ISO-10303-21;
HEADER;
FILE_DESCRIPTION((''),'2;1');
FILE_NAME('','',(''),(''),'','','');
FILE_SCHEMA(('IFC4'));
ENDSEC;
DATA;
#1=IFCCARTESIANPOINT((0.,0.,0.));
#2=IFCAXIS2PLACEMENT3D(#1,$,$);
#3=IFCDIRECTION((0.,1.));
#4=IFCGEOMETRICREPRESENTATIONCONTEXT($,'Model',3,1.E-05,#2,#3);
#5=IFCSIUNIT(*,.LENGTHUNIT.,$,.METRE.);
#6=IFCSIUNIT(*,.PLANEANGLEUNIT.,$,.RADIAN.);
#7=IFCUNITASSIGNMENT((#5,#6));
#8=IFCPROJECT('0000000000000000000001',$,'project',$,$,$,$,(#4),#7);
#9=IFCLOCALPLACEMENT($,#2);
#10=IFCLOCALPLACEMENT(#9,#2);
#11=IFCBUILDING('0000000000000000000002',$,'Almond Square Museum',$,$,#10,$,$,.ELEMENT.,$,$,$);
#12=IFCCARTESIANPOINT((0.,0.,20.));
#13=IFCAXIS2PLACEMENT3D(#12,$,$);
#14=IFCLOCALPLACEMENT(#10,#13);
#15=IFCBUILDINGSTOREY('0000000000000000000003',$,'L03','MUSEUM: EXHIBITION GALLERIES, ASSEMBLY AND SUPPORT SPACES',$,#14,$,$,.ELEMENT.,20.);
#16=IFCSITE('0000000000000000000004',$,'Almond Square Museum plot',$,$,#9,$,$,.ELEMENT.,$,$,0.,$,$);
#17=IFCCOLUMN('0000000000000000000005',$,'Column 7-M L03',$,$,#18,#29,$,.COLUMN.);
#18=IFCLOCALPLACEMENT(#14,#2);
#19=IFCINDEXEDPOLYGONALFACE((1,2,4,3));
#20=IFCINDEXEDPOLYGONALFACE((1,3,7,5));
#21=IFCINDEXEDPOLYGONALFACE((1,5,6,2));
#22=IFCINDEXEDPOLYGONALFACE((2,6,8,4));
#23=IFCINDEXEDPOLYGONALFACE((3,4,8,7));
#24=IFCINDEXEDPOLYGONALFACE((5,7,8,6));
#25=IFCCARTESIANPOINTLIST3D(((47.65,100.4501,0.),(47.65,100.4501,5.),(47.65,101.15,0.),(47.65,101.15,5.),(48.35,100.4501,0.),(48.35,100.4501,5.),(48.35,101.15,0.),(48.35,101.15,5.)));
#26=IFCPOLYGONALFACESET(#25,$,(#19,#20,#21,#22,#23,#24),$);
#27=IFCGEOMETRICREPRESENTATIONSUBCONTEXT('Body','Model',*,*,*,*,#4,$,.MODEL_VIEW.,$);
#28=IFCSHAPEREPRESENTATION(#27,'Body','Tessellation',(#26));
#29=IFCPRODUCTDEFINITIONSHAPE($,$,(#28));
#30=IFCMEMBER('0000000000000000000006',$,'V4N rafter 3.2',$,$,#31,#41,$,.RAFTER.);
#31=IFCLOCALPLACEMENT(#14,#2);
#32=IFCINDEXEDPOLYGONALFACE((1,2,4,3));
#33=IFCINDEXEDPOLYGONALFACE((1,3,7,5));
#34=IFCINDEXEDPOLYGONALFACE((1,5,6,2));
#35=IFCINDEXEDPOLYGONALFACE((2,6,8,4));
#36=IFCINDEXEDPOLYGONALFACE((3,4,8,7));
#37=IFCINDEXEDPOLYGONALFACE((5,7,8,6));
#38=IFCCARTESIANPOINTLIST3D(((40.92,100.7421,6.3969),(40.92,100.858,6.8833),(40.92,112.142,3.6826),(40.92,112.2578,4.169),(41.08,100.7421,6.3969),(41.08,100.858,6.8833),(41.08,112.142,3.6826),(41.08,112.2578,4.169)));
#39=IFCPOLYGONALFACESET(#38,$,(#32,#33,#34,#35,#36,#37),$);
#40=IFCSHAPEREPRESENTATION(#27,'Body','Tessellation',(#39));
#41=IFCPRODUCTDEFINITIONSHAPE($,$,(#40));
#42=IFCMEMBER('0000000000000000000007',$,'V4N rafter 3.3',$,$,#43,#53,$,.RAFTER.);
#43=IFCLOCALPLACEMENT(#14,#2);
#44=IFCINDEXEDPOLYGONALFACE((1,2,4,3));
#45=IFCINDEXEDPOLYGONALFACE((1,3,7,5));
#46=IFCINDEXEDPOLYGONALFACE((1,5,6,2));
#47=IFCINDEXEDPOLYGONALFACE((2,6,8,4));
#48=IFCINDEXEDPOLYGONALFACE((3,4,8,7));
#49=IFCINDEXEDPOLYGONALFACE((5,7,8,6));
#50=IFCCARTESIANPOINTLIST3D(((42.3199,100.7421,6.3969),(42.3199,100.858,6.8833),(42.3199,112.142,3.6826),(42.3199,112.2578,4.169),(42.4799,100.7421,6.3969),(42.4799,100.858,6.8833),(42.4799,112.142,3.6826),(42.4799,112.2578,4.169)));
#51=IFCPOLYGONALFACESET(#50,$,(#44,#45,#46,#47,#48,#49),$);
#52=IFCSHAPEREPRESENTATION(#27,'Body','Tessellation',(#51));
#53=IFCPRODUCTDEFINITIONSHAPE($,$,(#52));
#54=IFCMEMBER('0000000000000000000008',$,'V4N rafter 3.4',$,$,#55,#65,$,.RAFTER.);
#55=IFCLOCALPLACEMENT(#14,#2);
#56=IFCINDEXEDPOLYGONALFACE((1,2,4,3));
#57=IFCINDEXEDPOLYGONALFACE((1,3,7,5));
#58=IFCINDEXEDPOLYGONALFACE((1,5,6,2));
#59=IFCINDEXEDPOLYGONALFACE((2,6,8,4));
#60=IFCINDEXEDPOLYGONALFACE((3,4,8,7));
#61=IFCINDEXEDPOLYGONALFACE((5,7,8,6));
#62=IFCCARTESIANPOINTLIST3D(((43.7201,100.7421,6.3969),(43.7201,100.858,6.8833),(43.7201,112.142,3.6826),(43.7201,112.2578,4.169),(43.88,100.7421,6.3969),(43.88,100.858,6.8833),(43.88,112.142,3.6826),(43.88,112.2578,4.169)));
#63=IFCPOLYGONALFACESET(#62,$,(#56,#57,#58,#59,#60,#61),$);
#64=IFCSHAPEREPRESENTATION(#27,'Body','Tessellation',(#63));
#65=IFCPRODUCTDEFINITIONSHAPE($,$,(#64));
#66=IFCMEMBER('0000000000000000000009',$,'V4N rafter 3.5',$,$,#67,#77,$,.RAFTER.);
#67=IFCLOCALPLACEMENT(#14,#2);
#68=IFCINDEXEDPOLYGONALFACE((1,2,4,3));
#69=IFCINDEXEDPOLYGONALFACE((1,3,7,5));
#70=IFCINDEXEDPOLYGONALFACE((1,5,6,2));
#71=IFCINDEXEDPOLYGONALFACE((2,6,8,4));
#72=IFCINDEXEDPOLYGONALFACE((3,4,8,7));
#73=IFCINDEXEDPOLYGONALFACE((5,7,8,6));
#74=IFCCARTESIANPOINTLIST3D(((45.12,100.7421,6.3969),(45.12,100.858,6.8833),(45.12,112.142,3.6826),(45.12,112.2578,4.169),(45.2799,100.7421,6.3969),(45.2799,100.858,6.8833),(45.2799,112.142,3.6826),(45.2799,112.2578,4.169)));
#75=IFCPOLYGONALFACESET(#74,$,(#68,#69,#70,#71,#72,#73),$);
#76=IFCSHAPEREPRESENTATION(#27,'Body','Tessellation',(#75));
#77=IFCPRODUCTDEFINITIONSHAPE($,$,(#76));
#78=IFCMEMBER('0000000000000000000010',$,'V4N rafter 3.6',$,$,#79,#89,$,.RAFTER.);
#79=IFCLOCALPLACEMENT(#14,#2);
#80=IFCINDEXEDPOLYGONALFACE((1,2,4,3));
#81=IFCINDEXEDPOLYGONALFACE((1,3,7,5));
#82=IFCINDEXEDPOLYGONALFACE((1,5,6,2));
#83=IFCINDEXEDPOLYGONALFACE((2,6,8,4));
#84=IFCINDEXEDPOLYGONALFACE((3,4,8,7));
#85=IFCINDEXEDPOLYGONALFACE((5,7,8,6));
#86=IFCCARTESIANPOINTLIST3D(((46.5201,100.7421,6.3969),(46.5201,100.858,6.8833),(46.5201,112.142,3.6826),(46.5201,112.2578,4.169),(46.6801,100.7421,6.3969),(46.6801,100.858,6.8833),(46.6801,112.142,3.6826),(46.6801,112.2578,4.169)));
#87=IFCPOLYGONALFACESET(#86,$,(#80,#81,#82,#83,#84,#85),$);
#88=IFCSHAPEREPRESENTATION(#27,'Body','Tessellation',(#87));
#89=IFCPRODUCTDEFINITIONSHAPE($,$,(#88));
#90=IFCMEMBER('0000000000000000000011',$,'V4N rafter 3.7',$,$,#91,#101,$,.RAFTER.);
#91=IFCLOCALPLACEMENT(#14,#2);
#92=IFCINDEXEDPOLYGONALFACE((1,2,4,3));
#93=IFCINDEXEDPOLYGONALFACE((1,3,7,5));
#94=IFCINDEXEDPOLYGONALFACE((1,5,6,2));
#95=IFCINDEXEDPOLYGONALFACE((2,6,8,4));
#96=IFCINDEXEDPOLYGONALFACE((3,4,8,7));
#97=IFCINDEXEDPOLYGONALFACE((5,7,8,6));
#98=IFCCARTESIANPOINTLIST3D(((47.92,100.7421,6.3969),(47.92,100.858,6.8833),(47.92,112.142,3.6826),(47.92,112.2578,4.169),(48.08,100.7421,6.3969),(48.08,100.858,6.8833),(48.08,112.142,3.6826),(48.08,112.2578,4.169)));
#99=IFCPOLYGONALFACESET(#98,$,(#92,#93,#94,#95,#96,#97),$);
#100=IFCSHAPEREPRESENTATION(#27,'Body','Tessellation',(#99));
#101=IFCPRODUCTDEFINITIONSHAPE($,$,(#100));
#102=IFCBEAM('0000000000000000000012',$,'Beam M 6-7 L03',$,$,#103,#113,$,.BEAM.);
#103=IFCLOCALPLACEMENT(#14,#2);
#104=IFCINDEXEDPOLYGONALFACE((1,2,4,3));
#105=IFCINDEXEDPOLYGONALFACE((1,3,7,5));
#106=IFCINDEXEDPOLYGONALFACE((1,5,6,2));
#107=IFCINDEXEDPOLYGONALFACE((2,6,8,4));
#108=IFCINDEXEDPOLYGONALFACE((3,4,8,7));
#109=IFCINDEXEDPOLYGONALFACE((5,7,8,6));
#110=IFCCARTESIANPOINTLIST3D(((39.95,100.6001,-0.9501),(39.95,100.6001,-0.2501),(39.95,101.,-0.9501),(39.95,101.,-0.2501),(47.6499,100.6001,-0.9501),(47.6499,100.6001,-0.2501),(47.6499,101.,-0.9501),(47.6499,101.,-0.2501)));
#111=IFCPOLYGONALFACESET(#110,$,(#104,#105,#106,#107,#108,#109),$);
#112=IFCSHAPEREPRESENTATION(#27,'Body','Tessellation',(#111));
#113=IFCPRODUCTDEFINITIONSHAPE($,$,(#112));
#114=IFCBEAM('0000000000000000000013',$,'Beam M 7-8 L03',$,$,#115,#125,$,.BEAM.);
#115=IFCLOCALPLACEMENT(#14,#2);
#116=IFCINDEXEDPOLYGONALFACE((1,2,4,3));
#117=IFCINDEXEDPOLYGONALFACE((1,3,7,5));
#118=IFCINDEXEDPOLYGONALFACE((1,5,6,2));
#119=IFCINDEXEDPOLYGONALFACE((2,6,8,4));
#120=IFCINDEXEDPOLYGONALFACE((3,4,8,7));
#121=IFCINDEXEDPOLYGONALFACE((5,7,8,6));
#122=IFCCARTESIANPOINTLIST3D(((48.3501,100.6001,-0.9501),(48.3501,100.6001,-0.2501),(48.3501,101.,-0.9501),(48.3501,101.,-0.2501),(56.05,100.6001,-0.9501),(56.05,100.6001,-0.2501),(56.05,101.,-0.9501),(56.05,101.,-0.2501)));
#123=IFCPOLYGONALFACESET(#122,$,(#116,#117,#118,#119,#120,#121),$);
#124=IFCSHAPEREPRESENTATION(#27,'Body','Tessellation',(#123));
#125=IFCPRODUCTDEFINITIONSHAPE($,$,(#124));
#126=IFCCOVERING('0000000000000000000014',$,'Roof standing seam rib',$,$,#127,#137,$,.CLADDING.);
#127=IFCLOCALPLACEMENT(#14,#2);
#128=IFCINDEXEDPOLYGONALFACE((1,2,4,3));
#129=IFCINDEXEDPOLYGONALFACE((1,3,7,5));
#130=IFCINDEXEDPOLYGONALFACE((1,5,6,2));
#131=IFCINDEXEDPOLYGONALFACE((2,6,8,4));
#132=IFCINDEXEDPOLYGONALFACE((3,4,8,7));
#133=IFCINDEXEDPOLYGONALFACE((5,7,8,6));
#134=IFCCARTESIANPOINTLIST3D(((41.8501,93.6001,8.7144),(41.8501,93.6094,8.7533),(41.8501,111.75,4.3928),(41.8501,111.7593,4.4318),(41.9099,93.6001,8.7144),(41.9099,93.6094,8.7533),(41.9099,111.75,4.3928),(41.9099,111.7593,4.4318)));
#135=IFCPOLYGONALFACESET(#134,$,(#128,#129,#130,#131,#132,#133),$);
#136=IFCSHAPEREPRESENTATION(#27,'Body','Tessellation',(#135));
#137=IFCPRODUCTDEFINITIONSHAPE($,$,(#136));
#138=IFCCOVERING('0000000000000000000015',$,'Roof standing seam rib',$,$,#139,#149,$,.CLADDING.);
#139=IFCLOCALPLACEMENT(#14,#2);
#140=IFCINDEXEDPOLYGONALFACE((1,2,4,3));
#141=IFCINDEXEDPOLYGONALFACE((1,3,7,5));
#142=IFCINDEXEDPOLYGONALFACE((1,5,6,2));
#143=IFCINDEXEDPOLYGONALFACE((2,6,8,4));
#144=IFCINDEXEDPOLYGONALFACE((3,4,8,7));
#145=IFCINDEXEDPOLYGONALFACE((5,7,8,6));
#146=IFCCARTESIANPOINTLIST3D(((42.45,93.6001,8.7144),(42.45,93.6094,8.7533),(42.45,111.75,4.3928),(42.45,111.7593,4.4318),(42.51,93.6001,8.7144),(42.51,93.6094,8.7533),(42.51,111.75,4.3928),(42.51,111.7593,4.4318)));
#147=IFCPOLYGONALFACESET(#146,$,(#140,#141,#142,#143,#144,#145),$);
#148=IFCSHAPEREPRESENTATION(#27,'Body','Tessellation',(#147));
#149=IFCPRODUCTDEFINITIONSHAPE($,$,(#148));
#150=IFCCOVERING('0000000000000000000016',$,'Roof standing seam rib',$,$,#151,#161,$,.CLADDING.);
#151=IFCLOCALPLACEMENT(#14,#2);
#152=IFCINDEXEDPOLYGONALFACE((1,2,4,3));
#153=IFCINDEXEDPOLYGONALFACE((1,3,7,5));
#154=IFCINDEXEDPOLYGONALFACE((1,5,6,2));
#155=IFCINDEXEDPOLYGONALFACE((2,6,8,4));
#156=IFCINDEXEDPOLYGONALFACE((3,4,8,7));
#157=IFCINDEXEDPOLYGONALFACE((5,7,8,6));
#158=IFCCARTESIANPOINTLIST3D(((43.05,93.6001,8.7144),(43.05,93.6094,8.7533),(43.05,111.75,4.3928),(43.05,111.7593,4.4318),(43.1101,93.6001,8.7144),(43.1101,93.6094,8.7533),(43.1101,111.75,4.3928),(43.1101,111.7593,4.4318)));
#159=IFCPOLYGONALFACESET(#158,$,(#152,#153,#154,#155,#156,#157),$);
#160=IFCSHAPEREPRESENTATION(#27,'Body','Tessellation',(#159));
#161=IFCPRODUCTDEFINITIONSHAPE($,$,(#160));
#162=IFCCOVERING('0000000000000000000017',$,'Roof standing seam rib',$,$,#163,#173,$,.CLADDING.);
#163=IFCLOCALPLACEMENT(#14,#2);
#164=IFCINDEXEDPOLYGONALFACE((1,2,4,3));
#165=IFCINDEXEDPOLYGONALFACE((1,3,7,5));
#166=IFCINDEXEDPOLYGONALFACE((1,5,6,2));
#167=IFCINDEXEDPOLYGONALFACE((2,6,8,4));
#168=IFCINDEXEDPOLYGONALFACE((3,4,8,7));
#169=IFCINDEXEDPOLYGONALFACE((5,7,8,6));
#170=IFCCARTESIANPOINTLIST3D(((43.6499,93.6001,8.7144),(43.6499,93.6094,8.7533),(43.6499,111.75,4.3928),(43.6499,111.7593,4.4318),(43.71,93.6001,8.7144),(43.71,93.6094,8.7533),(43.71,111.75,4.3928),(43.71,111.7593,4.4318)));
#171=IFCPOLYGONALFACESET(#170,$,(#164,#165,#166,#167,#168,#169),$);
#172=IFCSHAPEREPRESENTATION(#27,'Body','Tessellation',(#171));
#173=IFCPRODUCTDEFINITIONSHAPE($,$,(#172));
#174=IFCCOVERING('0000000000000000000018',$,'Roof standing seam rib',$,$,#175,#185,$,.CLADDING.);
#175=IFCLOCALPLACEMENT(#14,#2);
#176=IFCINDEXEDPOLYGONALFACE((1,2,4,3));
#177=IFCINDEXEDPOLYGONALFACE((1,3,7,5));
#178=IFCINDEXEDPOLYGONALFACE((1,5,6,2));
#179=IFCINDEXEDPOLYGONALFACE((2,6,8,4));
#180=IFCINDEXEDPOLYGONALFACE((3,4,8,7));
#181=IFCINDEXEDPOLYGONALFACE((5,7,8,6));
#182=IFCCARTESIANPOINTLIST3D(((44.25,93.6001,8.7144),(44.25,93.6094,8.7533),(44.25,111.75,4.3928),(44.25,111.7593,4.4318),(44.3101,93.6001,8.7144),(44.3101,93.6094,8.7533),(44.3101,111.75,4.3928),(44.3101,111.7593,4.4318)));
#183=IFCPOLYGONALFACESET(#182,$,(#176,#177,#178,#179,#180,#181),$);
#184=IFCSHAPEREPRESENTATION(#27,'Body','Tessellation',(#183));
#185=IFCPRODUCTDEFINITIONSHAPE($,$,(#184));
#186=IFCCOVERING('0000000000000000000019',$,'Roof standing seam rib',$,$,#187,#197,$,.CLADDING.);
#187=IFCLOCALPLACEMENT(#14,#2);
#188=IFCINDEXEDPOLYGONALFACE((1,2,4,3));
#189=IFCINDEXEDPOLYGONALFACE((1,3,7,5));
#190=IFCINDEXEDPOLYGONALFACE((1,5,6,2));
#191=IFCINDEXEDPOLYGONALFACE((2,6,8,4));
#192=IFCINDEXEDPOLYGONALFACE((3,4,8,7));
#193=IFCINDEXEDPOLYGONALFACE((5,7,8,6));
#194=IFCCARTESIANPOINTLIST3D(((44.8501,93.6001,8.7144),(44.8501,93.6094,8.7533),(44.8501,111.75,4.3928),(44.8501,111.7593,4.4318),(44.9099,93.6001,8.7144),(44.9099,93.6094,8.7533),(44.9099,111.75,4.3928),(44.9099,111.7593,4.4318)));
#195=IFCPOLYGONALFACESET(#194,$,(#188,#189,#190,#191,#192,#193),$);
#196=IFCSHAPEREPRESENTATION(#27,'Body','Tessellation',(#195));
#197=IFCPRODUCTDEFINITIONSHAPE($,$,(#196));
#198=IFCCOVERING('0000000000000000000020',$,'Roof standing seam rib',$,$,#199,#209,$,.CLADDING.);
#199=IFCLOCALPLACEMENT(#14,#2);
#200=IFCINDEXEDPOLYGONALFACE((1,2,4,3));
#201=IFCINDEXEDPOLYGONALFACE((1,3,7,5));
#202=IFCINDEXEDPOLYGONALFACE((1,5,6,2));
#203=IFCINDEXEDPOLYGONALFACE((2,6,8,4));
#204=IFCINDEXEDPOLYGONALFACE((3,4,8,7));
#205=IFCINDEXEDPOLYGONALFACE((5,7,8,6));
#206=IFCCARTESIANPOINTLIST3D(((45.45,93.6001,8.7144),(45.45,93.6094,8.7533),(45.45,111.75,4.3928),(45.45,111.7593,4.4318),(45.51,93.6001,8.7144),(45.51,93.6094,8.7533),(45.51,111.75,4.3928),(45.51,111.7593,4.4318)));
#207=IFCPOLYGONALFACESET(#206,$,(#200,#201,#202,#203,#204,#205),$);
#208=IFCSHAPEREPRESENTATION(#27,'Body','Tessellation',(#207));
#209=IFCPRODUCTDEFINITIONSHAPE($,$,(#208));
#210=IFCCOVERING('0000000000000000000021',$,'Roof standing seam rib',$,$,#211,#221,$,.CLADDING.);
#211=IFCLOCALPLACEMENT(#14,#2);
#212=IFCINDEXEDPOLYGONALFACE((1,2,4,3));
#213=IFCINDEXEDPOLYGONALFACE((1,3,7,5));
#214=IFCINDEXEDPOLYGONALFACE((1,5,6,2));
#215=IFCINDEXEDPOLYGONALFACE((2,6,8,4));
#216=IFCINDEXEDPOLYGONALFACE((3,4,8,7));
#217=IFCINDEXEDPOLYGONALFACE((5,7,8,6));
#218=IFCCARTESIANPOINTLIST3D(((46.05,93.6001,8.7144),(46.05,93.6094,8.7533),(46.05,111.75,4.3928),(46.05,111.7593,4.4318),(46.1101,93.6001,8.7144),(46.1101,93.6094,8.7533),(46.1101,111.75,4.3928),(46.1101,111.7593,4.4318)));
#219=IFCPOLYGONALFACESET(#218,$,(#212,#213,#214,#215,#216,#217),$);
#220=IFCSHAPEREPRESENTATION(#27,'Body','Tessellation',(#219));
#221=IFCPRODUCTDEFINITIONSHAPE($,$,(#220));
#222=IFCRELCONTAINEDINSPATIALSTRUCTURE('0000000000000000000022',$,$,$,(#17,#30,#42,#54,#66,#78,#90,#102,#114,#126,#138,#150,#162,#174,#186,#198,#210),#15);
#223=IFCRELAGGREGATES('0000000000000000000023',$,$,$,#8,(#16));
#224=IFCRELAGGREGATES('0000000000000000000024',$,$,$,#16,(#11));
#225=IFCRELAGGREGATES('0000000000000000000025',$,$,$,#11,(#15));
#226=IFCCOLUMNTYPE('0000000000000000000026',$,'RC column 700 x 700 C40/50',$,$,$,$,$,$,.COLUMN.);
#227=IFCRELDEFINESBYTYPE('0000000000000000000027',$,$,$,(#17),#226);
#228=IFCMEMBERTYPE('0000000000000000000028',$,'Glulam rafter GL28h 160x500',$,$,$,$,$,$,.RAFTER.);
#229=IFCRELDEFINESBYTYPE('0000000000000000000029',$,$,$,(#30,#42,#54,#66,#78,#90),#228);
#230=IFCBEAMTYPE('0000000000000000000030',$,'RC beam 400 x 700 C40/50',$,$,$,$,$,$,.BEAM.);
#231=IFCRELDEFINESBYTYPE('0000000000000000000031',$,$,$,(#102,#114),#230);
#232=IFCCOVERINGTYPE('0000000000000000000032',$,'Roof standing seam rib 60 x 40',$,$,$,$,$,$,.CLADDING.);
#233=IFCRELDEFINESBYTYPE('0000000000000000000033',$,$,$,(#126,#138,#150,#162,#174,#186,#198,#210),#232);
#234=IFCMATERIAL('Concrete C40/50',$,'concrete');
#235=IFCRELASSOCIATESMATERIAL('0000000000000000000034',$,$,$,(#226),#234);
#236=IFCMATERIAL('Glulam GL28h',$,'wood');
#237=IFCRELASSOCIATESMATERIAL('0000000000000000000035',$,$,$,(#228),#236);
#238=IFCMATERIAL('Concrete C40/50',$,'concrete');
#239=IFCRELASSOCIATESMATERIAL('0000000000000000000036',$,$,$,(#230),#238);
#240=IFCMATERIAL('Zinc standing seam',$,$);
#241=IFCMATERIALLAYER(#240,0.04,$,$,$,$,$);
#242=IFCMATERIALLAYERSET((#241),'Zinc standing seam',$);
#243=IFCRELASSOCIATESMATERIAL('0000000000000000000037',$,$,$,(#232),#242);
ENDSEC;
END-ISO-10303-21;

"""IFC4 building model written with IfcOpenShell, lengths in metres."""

from ifc_helpers import new_model, si_unit, direction, frame, origin, origin_2d, place, context, subcontext, project, spatial, polyline, rectangle, outline, extrude, material, layer, layer_set, material_profile, profile_set, type_object, element, save


model = new_model("IFC4")

# Units and contexts
model_context = context("Model", 3, precision=1e-05, world=origin(), true_north=direction((0.0, 1.0)))
body_context = subcontext(model_context, "Body", "Model", "MODEL_VIEW")
ifc_project = project(units=[si_unit("LENGTHUNIT", "METRE"), si_unit("PLANEANGLEUNIT", "RADIAN")], contexts=[model_context])

# Site, building, storey
site_placement = place(None, origin())
site = spatial("IfcSite", under=ifc_project, at=site_placement, Name="Almond Square Museum plot", CompositionType="ELEMENT", RefElevation=0.0)
building_placement = place(site_placement, origin())
building = spatial("IfcBuilding", under=site, at=building_placement, Name="Almond Square Museum", CompositionType="ELEMENT")
storey_placement = place(building_placement, frame((0.0, 0.0, 20.0)))
storey = spatial("IfcBuildingStorey", under=building, at=storey_placement, Name="L03", Description="MUSEUM: EXHIBITION GALLERIES, ASSEMBLY AND SUPPORT SPACES", CompositionType="ELEMENT", Elevation=20.0)

# Column
ifc_material_1 = material(Name="Concrete C40/50", Category="concrete")
ifc_material_profile_1 = material_profile(ifc_material_1, rectangle(XDim=0.7, YDim=0.7, at=origin_2d()))
ifc_profile_set_1 = profile_set([ifc_material_profile_1], Name="Concrete C40/50")
column_type = type_object("IfcColumnType", Name="RC column 700 x 700 C40/50", PredefinedType="COLUMN", material=ifc_profile_set_1)
column_placement = place(storey_placement, frame((48.0, 100.8, 0.0), z_axis=(0.0, 0.0, 1.0), x_axis=(1.0, 0.0, 0.0)))
element("IfcColumn", 1, at=column_placement, inside=storey, type_object=column_type, Name="Column 7-M L03", PredefinedType="COLUMN", context=body_context, shape_type="SweptSolid", body=[
    extrude(rectangle(XDim=0.7, YDim=0.7, at=origin_2d()), origin(), (0.0, 0.0, 1.0), 5.0),
])

# Members
ifc_material_2 = material(Name="Glulam GL28h", Category="wood")
ifc_material_profile_2 = material_profile(ifc_material_2, rectangle(XDim=0.1599, YDim=0.5, at=origin_2d()))
ifc_profile_set_2 = profile_set([ifc_material_profile_2], Name="Glulam GL28h")
member_type = type_object("IfcMemberType", Name="Glulam rafter GL28h 160x500", PredefinedType="RAFTER", material=ifc_profile_set_2)
for number, where, z_axis, x_axis, name in (
    (2, (41.0, 100.8, 6.6401), (0.0, 0.972804, -0.231628), (-1.0, 0.0, 0.0), "V4N rafter 3.2"),
    (3, (42.3999, 100.8, 6.6401), (0.0, 0.972804, -0.231628), (-1.0, 0.0, 0.0), "V4N rafter 3.3"),
    (4, (43.8, 100.8, 6.6401), (0.0, 0.972804, -0.231628), (-1.0, 0.0, 0.0), "V4N rafter 3.4"),
    (5, (45.2, 100.8, 6.6401), (0.0, 0.972804, -0.231628), (-1.0, 0.0, 0.0), "V4N rafter 3.5"),
    (6, (46.6001, 100.8, 6.6401), (0.0, 0.972804, -0.231628), (-1.0, 0.0, 0.0), "V4N rafter 3.6"),
    (7, (48.0, 100.8, 6.6401), (0.0, 0.972804, -0.231628), (-1.0, 0.0, 0.0), "V4N rafter 3.7"),
):
    element("IfcMember", number, at=place(storey_placement, frame(where, z_axis=z_axis, x_axis=x_axis)), inside=storey, type_object=member_type, Name=name, PredefinedType="RAFTER", context=body_context, shape_type="SweptSolid", body=[
        extrude(rectangle(XDim=0.1599, YDim=0.5, at=origin_2d()), origin(), (0.0, 0.0, 1.0), 11.7185),
    ])

# Beams
ifc_material_3 = material(Name="Concrete C40/50", Category="concrete")
ifc_material_profile_3 = material_profile(ifc_material_3, rectangle(XDim=0.3999, YDim=0.7, at=origin_2d()))
ifc_profile_set_3 = profile_set([ifc_material_profile_3], Name="Concrete C40/50")
beam_type = type_object("IfcBeamType", Name="RC beam 400 x 700 C40/50", PredefinedType="BEAM", material=ifc_profile_set_3)
for number, where, z_axis, x_axis, name in (
    (8, (39.95, 100.8, -0.6001), (1.0, 0.0, 0.0), (0.0, 1.0, 0.0), "Beam M 6-7 L03"),
    (9, (48.3501, 100.8, -0.6001), (1.0, 0.0, 0.0), (0.0, 1.0, 0.0), "Beam M 7-8 L03"),
):
    element("IfcBeam", number, at=place(storey_placement, frame(where, z_axis=z_axis, x_axis=x_axis)), inside=storey, type_object=beam_type, Name=name, PredefinedType="BEAM", context=body_context, shape_type="SweptSolid", body=[
        extrude(rectangle(XDim=0.3999, YDim=0.7, at=origin_2d()), origin(), (0.0, 0.0, 1.0), 7.7),
    ])

# Coverings
ifc_material_4 = material(Name="Zinc standing seam")
ifc_layer = layer(ifc_material_4, 0.04)
ifc_layer_set = layer_set([ifc_layer], Name="Zinc standing seam")
covering_type = type_object("IfcCoveringType", Name="Roof standing seam rib 60 x 40", PredefinedType="CLADDING", material=ifc_layer_set)
covering_1_placement = place(storey_placement, frame((41.9099, 93.6001, 8.7144), z_axis=(0.0, 0.231627, 0.972805), x_axis=(0.0, 0.972805, -0.231627)))
element("IfcCovering", 10, at=covering_1_placement, inside=storey, type_object=covering_type, Name="Roof standing seam rib", PredefinedType="CLADDING", context=body_context, shape_type="SweptSolid", body=[
    extrude(outline(polyline([(0.0, 0.0), (18.6573, 0.0), (18.6573, 0.0598), (0.0, 0.0598), (0.0, 0.0)])), origin(), (0.0, 0.0, 1.0), 0.04),
])
for number, where, z_axis, x_axis, name in (
    (11, (42.51, 93.6001, 8.7144), (0.0, 0.231627, 0.972805), (0.0, 0.972805, -0.231627), "Roof standing seam rib"),
    (12, (43.1101, 93.6001, 8.7144), (0.0, 0.231627, 0.972805), (0.0, 0.972805, -0.231627), "Roof standing seam rib"),
    (13, (43.71, 93.6001, 8.7144), (0.0, 0.231627, 0.972805), (0.0, 0.972805, -0.231627), "Roof standing seam rib"),
    (14, (44.3101, 93.6001, 8.7144), (0.0, 0.231627, 0.972805), (0.0, 0.972805, -0.231627), "Roof standing seam rib"),
):
    element("IfcCovering", number, at=place(storey_placement, frame(where, z_axis=z_axis, x_axis=x_axis)), inside=storey, type_object=covering_type, Name=name, PredefinedType="CLADDING", context=body_context, shape_type="SweptSolid", body=[
        extrude(outline(polyline([(0.0, 0.0), (18.6573, 0.0), (18.6573, 0.0601), (0.0, 0.0601), (0.0, 0.0)])), origin(), (0.0, 0.0, 1.0), 0.04),
    ])
covering_2_placement = place(storey_placement, frame((44.9099, 93.6001, 8.7144), z_axis=(0.0, 0.231627, 0.972805), x_axis=(0.0, 0.972805, -0.231627)))
element("IfcCovering", 15, at=covering_2_placement, inside=storey, type_object=covering_type, Name="Roof standing seam rib", PredefinedType="CLADDING", context=body_context, shape_type="SweptSolid", body=[
    extrude(outline(polyline([(0.0, 0.0), (18.6573, 0.0), (18.6573, 0.0598), (0.0, 0.0598), (0.0, 0.0)])), origin(), (0.0, 0.0, 1.0), 0.04),
])
for number, where, z_axis, x_axis, name in (
    (16, (45.51, 93.6001, 8.7144), (0.0, 0.231627, 0.972805), (0.0, 0.972805, -0.231627), "Roof standing seam rib"),
    (17, (46.1101, 93.6001, 8.7144), (0.0, 0.231627, 0.972805), (0.0, 0.972805, -0.231627), "Roof standing seam rib"),
):
    element("IfcCovering", number, at=place(storey_placement, frame(where, z_axis=z_axis, x_axis=x_axis)), inside=storey, type_object=covering_type, Name=name, PredefinedType="CLADDING", context=body_context, shape_type="SweptSolid", body=[
        extrude(outline(polyline([(0.0, 0.0), (18.6573, 0.0), (18.6573, 0.0601), (0.0, 0.0601), (0.0, 0.0)])), origin(), (0.0, 0.0, 1.0), 0.04),
    ])

save(model, "model.ifc")
